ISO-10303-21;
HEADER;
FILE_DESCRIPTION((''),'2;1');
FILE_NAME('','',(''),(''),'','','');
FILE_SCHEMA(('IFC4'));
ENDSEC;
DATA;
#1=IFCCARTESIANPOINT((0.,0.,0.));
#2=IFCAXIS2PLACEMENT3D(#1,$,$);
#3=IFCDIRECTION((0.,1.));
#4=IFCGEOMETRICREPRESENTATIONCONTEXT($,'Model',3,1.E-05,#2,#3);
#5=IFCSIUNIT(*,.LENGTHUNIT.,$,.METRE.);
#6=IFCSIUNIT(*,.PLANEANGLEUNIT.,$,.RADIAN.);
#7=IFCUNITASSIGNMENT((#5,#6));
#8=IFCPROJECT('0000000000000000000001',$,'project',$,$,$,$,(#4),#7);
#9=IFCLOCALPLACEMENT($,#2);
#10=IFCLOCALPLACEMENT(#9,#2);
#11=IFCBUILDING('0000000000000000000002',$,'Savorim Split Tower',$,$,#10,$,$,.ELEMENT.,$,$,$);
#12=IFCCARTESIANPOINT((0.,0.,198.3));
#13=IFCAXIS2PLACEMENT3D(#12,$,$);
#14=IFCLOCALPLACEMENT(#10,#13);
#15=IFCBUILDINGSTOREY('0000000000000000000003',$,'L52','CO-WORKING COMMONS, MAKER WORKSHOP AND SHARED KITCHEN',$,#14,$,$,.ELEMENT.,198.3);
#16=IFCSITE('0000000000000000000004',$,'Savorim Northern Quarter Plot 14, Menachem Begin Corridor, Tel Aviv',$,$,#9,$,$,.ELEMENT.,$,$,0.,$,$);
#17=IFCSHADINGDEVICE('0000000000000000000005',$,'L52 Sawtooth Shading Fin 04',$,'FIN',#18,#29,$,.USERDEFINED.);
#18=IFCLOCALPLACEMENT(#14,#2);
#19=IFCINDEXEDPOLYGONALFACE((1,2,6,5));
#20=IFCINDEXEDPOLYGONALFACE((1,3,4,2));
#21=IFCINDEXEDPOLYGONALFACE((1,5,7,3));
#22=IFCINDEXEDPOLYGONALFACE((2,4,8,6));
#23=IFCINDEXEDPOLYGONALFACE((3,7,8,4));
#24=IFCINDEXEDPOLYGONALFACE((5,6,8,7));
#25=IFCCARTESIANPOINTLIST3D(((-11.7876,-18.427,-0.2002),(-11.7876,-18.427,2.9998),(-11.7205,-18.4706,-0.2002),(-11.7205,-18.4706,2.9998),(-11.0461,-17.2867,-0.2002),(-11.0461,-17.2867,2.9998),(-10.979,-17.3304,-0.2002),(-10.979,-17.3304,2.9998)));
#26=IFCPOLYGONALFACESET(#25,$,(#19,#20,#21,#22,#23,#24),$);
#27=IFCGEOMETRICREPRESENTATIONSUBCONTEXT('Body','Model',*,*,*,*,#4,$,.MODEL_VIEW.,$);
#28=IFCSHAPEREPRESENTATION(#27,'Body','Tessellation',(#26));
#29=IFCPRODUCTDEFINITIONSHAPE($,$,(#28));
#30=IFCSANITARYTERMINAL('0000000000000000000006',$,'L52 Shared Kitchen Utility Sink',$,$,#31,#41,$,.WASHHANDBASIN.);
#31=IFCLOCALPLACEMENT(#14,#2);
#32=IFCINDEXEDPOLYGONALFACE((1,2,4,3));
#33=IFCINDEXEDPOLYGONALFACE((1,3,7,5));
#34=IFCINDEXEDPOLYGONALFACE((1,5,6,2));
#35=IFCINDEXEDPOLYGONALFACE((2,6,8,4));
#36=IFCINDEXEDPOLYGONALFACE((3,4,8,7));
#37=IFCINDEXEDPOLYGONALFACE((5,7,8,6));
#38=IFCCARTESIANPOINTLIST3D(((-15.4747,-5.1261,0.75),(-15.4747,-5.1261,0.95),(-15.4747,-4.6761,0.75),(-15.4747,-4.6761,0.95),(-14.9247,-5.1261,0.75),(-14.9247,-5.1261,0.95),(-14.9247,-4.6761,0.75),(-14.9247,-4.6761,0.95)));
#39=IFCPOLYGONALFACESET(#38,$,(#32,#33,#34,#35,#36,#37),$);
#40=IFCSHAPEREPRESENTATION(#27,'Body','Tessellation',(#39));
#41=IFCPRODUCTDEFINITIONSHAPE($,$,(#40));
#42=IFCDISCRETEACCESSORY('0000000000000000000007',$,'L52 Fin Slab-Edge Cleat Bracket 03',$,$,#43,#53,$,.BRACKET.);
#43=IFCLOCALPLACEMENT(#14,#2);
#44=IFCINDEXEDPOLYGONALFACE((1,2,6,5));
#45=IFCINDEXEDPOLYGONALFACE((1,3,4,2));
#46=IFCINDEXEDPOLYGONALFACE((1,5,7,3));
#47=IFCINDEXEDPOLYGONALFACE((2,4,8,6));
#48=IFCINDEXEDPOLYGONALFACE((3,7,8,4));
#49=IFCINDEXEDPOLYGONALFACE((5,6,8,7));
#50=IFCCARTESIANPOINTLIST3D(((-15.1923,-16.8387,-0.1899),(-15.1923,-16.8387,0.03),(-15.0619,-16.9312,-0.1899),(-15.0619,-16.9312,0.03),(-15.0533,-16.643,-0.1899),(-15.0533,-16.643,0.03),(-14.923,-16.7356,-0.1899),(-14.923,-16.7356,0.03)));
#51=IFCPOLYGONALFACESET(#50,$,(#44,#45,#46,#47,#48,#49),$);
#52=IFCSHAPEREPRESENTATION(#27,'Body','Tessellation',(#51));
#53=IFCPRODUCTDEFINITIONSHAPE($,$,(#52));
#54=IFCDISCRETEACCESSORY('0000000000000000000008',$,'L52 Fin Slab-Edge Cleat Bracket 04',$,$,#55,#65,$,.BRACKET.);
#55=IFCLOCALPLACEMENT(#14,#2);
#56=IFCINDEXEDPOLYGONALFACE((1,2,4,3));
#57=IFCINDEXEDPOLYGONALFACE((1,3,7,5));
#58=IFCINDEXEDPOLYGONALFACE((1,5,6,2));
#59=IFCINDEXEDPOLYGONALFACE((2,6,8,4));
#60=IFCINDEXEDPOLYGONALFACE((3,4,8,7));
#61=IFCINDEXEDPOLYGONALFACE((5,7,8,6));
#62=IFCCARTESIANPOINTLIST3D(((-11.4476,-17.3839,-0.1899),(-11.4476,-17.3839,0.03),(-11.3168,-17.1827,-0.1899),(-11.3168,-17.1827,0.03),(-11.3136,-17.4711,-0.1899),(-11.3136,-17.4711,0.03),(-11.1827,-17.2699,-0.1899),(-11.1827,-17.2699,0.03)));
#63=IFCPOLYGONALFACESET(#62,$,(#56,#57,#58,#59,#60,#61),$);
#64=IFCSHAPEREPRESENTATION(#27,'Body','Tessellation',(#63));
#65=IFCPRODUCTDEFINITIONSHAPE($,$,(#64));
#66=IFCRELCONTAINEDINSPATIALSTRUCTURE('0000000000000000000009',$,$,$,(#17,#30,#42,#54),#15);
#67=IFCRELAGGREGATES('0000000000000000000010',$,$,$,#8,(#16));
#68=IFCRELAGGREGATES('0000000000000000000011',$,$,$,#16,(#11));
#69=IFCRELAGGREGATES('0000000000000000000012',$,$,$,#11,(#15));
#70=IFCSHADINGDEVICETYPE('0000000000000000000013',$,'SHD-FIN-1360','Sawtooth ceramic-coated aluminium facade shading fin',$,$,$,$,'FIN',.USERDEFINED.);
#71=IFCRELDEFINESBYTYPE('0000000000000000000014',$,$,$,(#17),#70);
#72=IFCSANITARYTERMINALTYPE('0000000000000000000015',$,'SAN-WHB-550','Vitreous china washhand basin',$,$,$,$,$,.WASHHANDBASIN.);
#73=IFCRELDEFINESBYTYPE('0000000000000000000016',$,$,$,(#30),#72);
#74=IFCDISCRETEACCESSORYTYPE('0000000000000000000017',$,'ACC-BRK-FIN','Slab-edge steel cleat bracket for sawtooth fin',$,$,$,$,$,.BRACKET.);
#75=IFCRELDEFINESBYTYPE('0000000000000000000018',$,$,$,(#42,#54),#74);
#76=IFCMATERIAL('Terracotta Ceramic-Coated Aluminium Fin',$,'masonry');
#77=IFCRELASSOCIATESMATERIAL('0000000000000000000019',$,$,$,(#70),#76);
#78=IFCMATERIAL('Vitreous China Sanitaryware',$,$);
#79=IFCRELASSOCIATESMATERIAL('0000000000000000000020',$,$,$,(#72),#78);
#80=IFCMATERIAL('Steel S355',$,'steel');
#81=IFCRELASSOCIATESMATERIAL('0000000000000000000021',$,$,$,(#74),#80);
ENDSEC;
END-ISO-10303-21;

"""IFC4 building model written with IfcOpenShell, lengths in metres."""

from ifc_helpers import new_model, si_unit, direction, frame, origin, origin_2d, place, context, subcontext, project, spatial, rectangle, extrude, material, type_object, element, save


model = new_model("IFC4")

# Units and contexts
model_context = context("Model", 3, precision=1e-05, world=origin(), true_north=direction((0.0, 1.0)))
body_context = subcontext(model_context, "Body", "Model", "MODEL_VIEW")
ifc_project = project(units=[si_unit("LENGTHUNIT", "METRE"), si_unit("PLANEANGLEUNIT", "RADIAN")], contexts=[model_context])

# Site, building, storey
site_placement = place(None, origin())
site = spatial("IfcSite", under=ifc_project, at=site_placement, Name="Savorim Northern Quarter Plot 14, Menachem Begin Corridor, Tel Aviv", CompositionType="ELEMENT", RefElevation=0.0)
building_placement = place(site_placement, origin())
building = spatial("IfcBuilding", under=site, at=building_placement, Name="Savorim Split Tower", CompositionType="ELEMENT")
storey_placement = place(building_placement, frame((0.0, 0.0, 198.3)))
storey = spatial("IfcBuildingStorey", under=building, at=storey_placement, Name="L52", Description="CO-WORKING COMMONS, MAKER WORKSHOP AND SHARED KITCHEN", CompositionType="ELEMENT", Elevation=198.3)

# Shared definitions
ifc_material_1 = material(Name="Steel S355", Category="steel")

# Shading device
ifc_material_2 = material(Name="Terracotta Ceramic-Coated Aluminium Fin", Category="masonry")
shading_device_type = type_object("IfcShadingDeviceType", Name="SHD-FIN-1360", Description="Sawtooth ceramic-coated aluminium facade shading fin", ElementType="FIN", PredefinedType="USERDEFINED", material=ifc_material_2)
for number, where, z_axis, x_axis, name in (
    (1, (-11.3833, -17.8787, -0.2002), (0.0, 0.0, 1.0), (-0.545148, -0.83834, 0.0), "L52 Sawtooth Shading Fin 04"),
):
    element("IfcShadingDevice", number, at=place(storey_placement, frame(where, z_axis=z_axis, x_axis=x_axis)), inside=storey, type_object=shading_device_type, Name=name, ObjectType="FIN", PredefinedType="USERDEFINED", context=body_context, shape_type="SweptSolid", body=[
        extrude(rectangle(XDim=1.3601, YDim=0.0801, at=origin_2d()), origin(), (0.0, 0.0, 1.0), 3.2),
    ])

# Sanitary terminal
ifc_material_3 = material(Name="Vitreous China Sanitaryware")
sanitary_terminal_type = type_object("IfcSanitaryTerminalType", Name="SAN-WHB-550", Description="Vitreous china washhand basin", PredefinedType="WASHHANDBASIN", material=ifc_material_3)
sanitary_terminal_placement = place(storey_placement, frame((-15.1997, -4.9011, 0.75), z_axis=(0.0, 0.0, 1.0), x_axis=(1.0, 0.0, 0.0)))
element("IfcSanitaryTerminal", 2, at=sanitary_terminal_placement, inside=storey, type_object=sanitary_terminal_type, Name="L52 Shared Kitchen Utility Sink", PredefinedType="WASHHANDBASIN", context=body_context, shape_type="SweptSolid", body=[
    extrude(rectangle(XDim=0.55, YDim=0.45, at=origin_2d()), origin(), (0.0, 0.0, 1.0), 0.2),
])

# Discrete accessories
discrete_accessory_type = type_object("IfcDiscreteAccessoryType", Name="ACC-BRK-FIN", Description="Slab-edge steel cleat bracket for sawtooth fin", PredefinedType="BRACKET", material=ifc_material_1)
for number, where, z_axis, x_axis, name in (
    (3, (-15.0576, -16.7871, -0.1899), (0.0, 0.0, 1.0), (-0.578994, -0.815332, 0.0), "L52 Fin Slab-Edge Cleat Bracket 03"),
    (4, (-11.3152, -17.3269, -0.1899), (0.0, 0.0, 1.0), (-0.545148, -0.83834, 0.0), "L52 Fin Slab-Edge Cleat Bracket 04"),
):
    element("IfcDiscreteAccessory", number, at=place(storey_placement, frame(where, z_axis=z_axis, x_axis=x_axis)), inside=storey, type_object=discrete_accessory_type, Name=name, PredefinedType="BRACKET", context=body_context, shape_type="SweptSolid", body=[
        extrude(rectangle(XDim=0.24, YDim=0.1599, at=origin_2d()), origin(), (0.0, 0.0, 1.0), 0.22),
    ])

save(model, "model.ifc")
